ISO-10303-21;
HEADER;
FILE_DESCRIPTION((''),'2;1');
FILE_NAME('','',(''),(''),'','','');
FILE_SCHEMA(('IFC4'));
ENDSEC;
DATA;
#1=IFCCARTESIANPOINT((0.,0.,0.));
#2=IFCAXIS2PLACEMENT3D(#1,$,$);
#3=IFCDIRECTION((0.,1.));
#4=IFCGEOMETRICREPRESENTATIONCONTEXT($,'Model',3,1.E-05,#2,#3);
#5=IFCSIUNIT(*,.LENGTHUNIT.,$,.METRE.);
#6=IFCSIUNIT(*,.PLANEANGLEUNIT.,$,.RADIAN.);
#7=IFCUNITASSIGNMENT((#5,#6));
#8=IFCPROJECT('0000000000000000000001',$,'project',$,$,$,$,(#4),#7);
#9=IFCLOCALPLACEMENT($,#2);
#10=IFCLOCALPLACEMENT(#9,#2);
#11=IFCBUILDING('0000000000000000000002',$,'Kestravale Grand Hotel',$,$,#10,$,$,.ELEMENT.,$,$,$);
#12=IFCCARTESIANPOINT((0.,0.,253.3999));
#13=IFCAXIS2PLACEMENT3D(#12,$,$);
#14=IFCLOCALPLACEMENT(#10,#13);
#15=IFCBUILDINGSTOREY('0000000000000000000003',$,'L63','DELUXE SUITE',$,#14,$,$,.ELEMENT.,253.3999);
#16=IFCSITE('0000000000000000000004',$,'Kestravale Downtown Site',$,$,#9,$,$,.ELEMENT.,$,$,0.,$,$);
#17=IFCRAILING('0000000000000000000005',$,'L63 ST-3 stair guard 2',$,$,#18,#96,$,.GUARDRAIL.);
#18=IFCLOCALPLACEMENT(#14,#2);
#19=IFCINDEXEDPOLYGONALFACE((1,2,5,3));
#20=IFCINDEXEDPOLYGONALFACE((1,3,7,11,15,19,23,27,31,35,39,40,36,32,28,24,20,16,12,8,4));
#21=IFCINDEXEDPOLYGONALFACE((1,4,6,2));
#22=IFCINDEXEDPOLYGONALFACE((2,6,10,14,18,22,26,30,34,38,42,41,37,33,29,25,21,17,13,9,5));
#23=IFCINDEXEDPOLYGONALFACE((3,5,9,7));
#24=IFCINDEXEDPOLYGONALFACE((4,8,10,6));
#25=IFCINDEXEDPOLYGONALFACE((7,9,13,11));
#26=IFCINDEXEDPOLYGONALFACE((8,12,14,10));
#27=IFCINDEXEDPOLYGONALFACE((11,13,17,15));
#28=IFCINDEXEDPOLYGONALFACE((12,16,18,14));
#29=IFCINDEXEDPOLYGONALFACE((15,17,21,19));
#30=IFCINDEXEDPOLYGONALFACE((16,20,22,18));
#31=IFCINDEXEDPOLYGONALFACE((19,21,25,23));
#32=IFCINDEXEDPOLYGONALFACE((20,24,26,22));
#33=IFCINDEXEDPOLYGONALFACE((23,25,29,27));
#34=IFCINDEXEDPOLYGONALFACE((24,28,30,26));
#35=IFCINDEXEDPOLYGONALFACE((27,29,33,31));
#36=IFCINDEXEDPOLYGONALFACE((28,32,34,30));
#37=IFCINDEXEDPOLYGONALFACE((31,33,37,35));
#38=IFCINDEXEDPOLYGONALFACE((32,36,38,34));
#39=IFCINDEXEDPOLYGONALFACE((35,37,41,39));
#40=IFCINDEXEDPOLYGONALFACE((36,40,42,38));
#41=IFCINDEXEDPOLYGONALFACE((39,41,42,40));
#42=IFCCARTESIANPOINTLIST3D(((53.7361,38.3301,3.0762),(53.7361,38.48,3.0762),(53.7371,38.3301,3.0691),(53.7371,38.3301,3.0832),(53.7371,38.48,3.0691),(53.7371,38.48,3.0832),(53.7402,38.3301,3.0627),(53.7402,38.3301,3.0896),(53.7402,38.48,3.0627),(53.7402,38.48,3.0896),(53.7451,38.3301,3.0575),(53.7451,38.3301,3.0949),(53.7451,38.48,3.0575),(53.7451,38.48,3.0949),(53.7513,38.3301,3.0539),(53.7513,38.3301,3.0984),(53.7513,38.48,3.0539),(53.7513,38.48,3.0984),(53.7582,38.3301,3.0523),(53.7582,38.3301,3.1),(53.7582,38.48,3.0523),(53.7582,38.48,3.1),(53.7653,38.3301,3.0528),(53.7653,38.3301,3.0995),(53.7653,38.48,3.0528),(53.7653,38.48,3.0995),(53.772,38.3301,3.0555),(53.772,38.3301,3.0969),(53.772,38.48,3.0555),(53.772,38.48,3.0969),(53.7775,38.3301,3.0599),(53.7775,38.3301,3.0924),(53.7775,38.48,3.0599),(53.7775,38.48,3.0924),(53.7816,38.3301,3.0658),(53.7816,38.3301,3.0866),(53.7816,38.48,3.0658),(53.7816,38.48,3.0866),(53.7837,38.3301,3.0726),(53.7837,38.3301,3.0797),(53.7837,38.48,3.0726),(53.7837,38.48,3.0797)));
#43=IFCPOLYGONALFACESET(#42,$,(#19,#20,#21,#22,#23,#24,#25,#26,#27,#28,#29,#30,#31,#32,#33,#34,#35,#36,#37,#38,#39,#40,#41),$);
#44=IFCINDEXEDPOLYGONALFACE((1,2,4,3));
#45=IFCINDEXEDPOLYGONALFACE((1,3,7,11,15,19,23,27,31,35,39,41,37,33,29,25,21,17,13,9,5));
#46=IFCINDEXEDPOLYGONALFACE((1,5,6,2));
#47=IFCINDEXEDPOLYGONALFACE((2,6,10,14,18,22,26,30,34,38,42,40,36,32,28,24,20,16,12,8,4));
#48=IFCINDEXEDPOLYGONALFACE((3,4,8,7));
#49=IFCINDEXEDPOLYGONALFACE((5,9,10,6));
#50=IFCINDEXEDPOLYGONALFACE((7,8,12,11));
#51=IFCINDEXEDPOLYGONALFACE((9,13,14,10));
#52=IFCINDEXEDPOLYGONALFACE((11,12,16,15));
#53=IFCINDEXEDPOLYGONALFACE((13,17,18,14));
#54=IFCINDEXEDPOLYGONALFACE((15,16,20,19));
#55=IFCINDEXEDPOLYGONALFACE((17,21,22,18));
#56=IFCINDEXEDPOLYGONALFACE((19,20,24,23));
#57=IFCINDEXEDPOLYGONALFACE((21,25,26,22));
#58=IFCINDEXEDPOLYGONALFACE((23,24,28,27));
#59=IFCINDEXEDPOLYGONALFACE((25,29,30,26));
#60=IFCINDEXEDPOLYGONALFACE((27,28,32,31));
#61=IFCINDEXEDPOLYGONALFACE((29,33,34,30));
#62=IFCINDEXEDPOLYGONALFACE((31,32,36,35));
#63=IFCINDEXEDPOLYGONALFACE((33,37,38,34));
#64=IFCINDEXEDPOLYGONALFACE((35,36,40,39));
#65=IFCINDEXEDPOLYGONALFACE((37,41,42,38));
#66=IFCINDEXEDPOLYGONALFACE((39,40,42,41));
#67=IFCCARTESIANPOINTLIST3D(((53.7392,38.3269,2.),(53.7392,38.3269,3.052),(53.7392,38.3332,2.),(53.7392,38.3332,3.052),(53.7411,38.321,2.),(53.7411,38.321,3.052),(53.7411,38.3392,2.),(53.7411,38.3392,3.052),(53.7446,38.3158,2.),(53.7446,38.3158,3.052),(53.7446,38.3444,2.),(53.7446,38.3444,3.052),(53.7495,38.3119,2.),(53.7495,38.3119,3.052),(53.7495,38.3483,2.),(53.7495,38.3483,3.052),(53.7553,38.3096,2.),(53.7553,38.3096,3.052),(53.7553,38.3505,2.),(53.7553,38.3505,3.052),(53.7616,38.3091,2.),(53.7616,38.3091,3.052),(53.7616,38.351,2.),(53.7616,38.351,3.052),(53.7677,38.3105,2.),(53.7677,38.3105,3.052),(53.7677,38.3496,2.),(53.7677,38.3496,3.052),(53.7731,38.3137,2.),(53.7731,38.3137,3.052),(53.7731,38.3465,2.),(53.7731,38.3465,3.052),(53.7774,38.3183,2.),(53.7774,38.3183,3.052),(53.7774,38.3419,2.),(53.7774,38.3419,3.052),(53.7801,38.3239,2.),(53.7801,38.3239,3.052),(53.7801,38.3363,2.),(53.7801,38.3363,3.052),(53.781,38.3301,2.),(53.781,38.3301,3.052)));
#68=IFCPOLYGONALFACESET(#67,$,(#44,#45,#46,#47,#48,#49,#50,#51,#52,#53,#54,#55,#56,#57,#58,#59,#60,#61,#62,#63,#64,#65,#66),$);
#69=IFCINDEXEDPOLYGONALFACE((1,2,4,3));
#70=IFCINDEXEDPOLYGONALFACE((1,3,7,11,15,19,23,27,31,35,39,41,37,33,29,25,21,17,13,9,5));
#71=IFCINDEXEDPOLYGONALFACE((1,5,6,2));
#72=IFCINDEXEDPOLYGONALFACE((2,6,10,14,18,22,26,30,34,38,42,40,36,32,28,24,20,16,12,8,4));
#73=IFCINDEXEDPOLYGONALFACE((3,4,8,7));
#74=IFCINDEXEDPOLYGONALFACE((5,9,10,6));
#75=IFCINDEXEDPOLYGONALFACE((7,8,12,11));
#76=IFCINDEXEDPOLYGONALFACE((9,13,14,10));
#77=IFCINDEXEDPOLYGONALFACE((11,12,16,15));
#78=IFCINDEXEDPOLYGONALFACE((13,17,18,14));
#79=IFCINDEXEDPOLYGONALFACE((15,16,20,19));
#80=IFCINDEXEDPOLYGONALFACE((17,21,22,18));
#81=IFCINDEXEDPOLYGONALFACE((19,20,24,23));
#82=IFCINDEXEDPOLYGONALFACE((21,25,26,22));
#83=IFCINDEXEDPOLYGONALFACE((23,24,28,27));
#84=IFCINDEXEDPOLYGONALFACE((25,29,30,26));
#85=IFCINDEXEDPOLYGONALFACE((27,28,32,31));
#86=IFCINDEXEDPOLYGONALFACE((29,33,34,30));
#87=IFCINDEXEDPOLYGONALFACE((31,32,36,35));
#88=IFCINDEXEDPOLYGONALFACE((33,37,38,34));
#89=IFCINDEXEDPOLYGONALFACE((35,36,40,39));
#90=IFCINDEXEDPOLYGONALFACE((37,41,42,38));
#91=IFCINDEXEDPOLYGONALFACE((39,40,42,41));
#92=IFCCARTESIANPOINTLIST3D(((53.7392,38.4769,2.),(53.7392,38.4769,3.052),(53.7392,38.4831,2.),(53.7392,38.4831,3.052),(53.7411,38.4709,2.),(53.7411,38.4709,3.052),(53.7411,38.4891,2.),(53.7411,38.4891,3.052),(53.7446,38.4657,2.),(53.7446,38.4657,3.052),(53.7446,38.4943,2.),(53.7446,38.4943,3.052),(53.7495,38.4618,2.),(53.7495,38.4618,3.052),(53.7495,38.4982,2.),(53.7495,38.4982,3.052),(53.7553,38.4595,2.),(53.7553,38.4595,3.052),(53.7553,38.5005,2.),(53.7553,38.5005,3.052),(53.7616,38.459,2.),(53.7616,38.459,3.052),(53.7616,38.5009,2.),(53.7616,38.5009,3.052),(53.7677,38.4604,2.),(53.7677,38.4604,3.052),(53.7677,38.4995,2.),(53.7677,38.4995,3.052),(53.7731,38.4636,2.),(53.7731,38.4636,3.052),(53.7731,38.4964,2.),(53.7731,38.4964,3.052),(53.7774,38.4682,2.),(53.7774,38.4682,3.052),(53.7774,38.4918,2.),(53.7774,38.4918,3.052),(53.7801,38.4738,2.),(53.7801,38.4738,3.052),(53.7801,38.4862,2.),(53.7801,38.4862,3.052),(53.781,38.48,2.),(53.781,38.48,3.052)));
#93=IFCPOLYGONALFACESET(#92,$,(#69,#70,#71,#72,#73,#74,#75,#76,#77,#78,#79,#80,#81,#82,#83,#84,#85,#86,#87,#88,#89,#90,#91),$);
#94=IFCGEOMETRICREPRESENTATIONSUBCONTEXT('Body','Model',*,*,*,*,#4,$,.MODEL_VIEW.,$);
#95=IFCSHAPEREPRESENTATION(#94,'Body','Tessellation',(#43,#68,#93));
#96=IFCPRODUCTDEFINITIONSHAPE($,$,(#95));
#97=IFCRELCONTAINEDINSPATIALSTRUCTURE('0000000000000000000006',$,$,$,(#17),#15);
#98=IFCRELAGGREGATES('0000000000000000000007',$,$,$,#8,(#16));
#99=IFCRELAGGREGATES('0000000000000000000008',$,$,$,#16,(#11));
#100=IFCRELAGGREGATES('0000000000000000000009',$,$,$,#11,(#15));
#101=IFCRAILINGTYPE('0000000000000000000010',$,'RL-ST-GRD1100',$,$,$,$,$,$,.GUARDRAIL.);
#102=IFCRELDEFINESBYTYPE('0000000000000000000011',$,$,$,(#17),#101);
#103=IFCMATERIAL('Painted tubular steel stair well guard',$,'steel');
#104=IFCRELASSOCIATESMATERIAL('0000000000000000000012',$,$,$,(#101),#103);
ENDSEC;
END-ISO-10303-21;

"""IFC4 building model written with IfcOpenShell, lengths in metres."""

from ifc_helpers import new_model, si_unit, direction, frame, origin, origin_2d, place, context, subcontext, project, spatial, circle, extrude, material, type_object, element, save


model = new_model("IFC4")

# Units and contexts
model_context = context("Model", 3, precision=1e-05, world=origin(), true_north=direction((0.0, 1.0)))
body_context = subcontext(model_context, "Body", "Model", "MODEL_VIEW")
ifc_project = project(units=[si_unit("LENGTHUNIT", "METRE"), si_unit("PLANEANGLEUNIT", "RADIAN")], contexts=[model_context])

# Site, building, storey
site_placement = place(None, origin())
site = spatial("IfcSite", under=ifc_project, at=site_placement, Name="Kestravale Downtown Site", CompositionType="ELEMENT", RefElevation=0.0)
building_placement = place(site_placement, origin())
building = spatial("IfcBuilding", under=site, at=building_placement, Name="Kestravale Grand Hotel", CompositionType="ELEMENT")
storey_placement = place(building_placement, frame((0.0, 0.0, 253.3999)))
storey = spatial("IfcBuildingStorey", under=building, at=storey_placement, Name="L63", Description="DELUXE SUITE", CompositionType="ELEMENT", Elevation=253.3999)

# Railing
ifc_material_1 = material(Name="Painted tubular steel stair well guard", Category="steel")
railing_type_1 = type_object("IfcRailingType", Name="RL-ST-GRD1100", PredefinedType="GUARDRAIL", material=ifc_material_1)
railing_1_placement = place(storey_placement, frame((53.76, 38.3301, 2.0)))
element("IfcRailing", 1, at=railing_1_placement, inside=storey, type_object=railing_type_1, Name="L63 ST-3 stair guard 2", PredefinedType="GUARDRAIL", context=body_context, shape_type="SweptSolid", body=[
    extrude(circle(Radius=0.0239, at=origin_2d()), frame((0.0, 0.0, 1.0762), z_axis=(0.0, 1.0, 0.0), x_axis=(-1.0, 0.0, 0.0)), (0.0, 0.0, 1.0), 0.1499),
    extrude(circle(Radius=0.021, at=origin_2d()), origin(), (0.0, 0.0, 1.0), 1.052),
    extrude(circle(Radius=0.021, at=origin_2d()), frame((0.0, 0.1499, 0.0)), (0.0, 0.0, 1.0), 1.052),
])

save(model, "model.ifc")
